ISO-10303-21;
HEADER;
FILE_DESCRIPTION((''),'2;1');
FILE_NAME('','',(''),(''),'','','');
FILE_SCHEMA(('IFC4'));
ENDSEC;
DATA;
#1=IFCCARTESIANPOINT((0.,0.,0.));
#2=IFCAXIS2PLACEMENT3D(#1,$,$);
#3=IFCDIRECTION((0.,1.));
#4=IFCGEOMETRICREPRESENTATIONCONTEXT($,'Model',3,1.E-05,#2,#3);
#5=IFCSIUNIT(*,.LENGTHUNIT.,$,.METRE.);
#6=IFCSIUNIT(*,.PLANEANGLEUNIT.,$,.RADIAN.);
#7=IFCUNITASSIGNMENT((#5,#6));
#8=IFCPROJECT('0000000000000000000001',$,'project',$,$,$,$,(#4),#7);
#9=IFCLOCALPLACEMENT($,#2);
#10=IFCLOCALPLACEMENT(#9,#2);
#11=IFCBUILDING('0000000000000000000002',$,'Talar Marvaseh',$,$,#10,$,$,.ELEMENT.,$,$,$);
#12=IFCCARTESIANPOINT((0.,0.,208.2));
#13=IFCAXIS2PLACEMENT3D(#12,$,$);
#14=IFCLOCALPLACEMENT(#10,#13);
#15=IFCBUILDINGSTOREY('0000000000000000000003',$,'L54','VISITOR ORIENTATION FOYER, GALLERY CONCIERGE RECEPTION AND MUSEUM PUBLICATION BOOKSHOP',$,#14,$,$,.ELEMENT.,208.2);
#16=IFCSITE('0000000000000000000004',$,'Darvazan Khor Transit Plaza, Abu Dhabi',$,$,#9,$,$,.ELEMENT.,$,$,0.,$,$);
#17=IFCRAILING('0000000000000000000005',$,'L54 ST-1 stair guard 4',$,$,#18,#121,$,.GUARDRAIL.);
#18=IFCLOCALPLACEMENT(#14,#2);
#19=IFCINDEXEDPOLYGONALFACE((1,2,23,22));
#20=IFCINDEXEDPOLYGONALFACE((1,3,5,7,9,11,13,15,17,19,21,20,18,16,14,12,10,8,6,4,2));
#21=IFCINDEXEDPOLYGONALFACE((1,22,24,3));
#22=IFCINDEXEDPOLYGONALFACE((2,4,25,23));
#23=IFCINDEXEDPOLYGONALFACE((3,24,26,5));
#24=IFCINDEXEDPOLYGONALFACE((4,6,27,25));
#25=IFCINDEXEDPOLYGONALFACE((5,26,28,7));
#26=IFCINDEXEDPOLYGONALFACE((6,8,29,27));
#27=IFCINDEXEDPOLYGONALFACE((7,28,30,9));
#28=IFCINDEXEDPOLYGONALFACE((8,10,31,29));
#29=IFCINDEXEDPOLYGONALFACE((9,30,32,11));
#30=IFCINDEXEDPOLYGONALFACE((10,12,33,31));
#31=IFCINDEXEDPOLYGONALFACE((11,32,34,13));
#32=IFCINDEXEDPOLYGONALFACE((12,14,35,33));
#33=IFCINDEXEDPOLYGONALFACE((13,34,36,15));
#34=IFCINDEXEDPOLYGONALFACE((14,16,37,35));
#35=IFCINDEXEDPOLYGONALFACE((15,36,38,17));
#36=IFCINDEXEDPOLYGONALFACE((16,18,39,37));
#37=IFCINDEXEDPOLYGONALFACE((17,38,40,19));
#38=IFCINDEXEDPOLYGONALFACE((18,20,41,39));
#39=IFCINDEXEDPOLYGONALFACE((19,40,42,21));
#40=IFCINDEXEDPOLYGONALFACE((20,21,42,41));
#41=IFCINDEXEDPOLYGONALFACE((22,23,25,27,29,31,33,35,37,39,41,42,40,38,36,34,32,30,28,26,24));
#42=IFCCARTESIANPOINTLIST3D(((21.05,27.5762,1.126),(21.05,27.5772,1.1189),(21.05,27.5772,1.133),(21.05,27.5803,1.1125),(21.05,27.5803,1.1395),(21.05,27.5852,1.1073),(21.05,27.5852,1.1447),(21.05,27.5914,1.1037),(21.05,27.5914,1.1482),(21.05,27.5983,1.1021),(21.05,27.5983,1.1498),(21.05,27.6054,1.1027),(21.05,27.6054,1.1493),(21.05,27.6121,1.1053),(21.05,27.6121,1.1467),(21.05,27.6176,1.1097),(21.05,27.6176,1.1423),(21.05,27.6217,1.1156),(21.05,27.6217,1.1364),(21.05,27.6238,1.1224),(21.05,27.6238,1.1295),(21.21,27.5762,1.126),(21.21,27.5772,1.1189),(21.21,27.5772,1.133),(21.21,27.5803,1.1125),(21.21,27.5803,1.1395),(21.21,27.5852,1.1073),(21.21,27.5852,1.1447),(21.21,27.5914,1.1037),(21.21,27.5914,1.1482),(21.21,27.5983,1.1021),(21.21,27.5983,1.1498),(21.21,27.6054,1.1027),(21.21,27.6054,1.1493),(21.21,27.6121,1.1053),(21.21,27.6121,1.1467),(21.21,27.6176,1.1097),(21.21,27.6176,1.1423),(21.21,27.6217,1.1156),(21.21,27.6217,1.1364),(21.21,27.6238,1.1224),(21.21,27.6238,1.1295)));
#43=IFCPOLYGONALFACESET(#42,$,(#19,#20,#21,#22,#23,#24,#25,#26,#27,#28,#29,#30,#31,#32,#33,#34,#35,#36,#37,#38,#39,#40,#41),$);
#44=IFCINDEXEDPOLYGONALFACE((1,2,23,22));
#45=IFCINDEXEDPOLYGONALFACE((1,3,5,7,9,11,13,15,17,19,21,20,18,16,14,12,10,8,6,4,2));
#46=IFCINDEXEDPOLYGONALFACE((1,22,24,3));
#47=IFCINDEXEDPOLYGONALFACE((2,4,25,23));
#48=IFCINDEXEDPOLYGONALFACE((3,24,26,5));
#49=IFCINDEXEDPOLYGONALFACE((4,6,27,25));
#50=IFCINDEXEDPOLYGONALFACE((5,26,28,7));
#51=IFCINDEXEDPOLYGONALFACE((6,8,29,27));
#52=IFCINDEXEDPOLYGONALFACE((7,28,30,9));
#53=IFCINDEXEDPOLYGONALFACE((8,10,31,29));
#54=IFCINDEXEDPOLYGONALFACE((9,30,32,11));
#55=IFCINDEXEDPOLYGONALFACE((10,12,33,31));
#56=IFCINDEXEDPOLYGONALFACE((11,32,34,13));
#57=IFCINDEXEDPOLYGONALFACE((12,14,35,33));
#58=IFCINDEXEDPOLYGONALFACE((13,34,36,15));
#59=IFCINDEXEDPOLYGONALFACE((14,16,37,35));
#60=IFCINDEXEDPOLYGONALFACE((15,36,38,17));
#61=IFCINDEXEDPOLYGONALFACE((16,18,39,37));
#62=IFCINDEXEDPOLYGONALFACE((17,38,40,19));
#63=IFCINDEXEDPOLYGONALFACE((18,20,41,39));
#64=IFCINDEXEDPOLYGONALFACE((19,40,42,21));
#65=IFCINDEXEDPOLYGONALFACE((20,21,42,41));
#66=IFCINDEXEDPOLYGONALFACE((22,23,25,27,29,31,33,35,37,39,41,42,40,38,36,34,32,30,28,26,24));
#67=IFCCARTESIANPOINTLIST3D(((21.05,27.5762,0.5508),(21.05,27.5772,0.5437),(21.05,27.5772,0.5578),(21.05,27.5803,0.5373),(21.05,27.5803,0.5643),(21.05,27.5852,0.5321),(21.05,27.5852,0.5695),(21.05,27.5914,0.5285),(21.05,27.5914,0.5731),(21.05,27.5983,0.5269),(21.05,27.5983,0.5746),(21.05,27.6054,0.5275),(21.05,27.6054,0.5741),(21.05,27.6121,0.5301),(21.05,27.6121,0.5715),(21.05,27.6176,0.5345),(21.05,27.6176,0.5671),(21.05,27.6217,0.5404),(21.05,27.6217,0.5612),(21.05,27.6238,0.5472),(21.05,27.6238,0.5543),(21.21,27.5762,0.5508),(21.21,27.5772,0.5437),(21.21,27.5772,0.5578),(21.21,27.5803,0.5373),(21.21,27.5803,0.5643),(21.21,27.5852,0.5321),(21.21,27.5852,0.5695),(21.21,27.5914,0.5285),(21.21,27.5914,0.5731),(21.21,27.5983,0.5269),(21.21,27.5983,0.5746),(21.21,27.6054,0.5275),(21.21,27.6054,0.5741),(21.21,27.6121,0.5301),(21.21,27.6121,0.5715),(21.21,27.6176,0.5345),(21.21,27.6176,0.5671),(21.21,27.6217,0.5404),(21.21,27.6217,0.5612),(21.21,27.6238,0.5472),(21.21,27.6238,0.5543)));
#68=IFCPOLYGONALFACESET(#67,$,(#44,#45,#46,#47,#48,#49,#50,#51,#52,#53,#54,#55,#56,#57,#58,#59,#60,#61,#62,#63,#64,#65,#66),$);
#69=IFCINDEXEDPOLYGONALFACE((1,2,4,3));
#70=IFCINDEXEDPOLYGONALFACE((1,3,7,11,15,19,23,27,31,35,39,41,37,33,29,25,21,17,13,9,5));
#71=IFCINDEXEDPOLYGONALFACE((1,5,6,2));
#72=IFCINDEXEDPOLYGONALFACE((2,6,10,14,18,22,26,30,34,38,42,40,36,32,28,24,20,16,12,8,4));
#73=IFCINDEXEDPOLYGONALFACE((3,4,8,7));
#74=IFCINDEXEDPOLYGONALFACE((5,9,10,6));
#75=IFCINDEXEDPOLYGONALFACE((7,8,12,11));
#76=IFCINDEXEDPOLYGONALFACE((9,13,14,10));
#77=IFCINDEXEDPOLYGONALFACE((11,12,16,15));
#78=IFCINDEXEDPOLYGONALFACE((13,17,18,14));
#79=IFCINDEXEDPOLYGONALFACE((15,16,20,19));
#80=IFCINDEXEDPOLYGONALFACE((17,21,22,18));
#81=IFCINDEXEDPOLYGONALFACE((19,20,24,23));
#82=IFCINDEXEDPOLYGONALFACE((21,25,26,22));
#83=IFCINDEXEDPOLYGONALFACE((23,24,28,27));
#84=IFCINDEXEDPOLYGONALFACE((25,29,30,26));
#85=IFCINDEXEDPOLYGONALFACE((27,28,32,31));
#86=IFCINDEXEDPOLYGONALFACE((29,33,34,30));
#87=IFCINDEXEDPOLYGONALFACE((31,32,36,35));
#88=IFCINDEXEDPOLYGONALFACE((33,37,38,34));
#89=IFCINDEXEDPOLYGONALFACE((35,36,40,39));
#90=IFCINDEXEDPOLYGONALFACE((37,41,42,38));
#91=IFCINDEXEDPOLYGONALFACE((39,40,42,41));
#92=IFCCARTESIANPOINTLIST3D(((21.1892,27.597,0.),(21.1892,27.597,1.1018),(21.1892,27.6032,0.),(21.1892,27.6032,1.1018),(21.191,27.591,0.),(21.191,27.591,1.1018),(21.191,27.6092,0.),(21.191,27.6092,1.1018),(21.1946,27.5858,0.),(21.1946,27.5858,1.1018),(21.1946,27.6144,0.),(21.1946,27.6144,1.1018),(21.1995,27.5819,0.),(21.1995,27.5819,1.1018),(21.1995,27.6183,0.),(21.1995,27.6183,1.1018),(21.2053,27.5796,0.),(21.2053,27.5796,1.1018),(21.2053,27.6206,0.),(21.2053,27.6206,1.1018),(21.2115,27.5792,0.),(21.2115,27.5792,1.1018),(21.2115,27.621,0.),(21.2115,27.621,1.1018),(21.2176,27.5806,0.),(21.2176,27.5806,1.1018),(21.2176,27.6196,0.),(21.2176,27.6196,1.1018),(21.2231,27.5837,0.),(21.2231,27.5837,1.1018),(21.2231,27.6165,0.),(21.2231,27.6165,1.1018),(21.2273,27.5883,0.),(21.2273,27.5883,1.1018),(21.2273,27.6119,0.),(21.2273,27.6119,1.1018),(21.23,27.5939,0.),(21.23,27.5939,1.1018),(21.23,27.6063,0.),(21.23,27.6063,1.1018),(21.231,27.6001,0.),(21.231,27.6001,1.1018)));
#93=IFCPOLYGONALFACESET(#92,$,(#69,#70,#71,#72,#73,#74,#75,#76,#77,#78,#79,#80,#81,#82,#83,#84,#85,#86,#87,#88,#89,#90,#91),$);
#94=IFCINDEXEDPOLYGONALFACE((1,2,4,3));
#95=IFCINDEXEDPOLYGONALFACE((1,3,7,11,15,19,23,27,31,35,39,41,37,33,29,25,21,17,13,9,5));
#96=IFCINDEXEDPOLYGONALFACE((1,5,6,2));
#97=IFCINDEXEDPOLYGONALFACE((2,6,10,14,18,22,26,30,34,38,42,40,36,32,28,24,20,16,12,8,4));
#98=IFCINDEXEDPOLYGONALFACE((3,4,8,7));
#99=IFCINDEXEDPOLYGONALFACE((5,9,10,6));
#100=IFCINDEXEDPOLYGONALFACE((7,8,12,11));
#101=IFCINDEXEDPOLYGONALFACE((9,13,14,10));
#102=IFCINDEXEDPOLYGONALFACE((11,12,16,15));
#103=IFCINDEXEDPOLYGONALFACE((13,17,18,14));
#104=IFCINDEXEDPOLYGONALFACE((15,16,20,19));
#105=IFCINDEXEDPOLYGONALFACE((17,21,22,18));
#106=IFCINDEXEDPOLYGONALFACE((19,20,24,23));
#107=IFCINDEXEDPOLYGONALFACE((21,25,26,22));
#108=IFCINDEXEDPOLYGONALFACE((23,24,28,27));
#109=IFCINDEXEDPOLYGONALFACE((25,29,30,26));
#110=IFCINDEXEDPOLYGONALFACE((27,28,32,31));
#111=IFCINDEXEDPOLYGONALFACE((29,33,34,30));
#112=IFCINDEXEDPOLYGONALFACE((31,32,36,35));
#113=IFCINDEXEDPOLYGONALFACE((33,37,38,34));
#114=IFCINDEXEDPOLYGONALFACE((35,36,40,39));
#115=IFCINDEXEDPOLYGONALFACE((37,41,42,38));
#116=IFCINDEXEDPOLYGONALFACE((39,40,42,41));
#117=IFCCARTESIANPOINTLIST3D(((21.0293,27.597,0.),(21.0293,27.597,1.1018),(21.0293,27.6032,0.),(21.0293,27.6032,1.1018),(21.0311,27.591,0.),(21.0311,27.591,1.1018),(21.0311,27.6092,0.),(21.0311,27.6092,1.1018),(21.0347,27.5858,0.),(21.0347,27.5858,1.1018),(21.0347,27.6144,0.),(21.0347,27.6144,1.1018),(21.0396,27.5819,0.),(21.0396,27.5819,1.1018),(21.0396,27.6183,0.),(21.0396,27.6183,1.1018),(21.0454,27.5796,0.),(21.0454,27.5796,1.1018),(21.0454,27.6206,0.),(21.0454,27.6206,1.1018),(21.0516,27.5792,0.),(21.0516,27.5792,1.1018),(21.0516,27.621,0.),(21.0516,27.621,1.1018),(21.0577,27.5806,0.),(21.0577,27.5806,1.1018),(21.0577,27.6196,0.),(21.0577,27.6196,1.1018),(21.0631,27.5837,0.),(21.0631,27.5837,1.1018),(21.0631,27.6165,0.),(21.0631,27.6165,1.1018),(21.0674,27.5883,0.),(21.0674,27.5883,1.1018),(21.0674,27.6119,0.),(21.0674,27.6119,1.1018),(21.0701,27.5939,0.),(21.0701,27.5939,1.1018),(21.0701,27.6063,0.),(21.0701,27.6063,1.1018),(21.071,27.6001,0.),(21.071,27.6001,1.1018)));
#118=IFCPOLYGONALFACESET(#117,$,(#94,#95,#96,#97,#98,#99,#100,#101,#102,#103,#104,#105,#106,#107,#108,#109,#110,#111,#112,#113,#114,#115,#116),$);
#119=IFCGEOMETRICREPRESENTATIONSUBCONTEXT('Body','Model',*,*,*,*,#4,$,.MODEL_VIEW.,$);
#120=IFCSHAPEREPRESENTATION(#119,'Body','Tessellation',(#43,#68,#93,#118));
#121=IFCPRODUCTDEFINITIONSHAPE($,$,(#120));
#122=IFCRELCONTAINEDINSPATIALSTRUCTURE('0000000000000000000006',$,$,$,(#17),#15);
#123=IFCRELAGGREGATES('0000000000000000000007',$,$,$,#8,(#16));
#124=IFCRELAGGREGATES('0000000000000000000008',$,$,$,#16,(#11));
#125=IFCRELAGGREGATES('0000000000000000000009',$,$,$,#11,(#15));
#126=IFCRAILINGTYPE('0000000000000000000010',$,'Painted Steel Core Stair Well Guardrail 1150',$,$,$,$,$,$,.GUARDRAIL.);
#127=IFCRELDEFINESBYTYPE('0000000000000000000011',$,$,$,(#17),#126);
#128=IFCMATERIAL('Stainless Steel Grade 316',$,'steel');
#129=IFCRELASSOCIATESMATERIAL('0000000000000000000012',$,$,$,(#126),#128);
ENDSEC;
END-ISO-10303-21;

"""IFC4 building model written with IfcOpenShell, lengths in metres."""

from ifc_helpers import new_model, si_unit, direction, frame, origin, origin_2d, place, context, subcontext, project, spatial, circle, extrude, material, type_object, element, save


model = new_model("IFC4")

# Units and contexts
model_context = context("Model", 3, precision=1e-05, world=origin(), true_north=direction((0.0, 1.0)))
body_context = subcontext(model_context, "Body", "Model", "MODEL_VIEW")
ifc_project = project(units=[si_unit("LENGTHUNIT", "METRE"), si_unit("PLANEANGLEUNIT", "RADIAN")], contexts=[model_context])

# Site, building, storey
site_placement = place(None, origin())
site = spatial("IfcSite", under=ifc_project, at=site_placement, Name="Darvazan Khor Transit Plaza, Abu Dhabi", CompositionType="ELEMENT", RefElevation=0.0)
building_placement = place(site_placement, origin())
building = spatial("IfcBuilding", under=site, at=building_placement, Name="Talar Marvaseh", CompositionType="ELEMENT")
storey_placement = place(building_placement, frame((0.0, 0.0, 208.2)))
storey = spatial("IfcBuildingStorey", under=building, at=storey_placement, Name="L54", Description="VISITOR ORIENTATION FOYER, GALLERY CONCIERGE RECEPTION AND MUSEUM PUBLICATION BOOKSHOP", CompositionType="ELEMENT", Elevation=208.2)

# Railing
ifc_material_1 = material(Name="Stainless Steel Grade 316", Category="steel")
railing_type_1 = type_object("IfcRailingType", Name="Painted Steel Core Stair Well Guardrail 1150", PredefinedType="GUARDRAIL", material=ifc_material_1)
railing_1_placement = place(storey_placement, frame((21.21, 27.6001, 0.0)))
element("IfcRailing", 1, at=railing_1_placement, inside=storey, type_object=railing_type_1, Name="L54 ST-1 stair guard 4", PredefinedType="GUARDRAIL", context=body_context, shape_type="SweptSolid", body=[
    extrude(circle(Radius=0.0239, at=origin_2d()), frame((0.0, 0.0, 1.126), z_axis=(-1.0, 0.0, 0.0), x_axis=(0.0, -1.0, 0.0)), (0.0, 0.0, 1.0), 0.1599),
    extrude(circle(Radius=0.0239, at=origin_2d()), frame((0.0, 0.0, 0.5508), z_axis=(-1.0, 0.0, 0.0), x_axis=(0.0, -1.0, 0.0)), (0.0, 0.0, 1.0), 0.1599),
    extrude(circle(Radius=0.021, at=origin_2d()), origin(), (0.0, 0.0, 1.0), 1.1018),
    extrude(circle(Radius=0.021, at=origin_2d()), frame((-0.1599, 0.0, 0.0)), (0.0, 0.0, 1.0), 1.1018),
])

save(model, "model.ifc")
